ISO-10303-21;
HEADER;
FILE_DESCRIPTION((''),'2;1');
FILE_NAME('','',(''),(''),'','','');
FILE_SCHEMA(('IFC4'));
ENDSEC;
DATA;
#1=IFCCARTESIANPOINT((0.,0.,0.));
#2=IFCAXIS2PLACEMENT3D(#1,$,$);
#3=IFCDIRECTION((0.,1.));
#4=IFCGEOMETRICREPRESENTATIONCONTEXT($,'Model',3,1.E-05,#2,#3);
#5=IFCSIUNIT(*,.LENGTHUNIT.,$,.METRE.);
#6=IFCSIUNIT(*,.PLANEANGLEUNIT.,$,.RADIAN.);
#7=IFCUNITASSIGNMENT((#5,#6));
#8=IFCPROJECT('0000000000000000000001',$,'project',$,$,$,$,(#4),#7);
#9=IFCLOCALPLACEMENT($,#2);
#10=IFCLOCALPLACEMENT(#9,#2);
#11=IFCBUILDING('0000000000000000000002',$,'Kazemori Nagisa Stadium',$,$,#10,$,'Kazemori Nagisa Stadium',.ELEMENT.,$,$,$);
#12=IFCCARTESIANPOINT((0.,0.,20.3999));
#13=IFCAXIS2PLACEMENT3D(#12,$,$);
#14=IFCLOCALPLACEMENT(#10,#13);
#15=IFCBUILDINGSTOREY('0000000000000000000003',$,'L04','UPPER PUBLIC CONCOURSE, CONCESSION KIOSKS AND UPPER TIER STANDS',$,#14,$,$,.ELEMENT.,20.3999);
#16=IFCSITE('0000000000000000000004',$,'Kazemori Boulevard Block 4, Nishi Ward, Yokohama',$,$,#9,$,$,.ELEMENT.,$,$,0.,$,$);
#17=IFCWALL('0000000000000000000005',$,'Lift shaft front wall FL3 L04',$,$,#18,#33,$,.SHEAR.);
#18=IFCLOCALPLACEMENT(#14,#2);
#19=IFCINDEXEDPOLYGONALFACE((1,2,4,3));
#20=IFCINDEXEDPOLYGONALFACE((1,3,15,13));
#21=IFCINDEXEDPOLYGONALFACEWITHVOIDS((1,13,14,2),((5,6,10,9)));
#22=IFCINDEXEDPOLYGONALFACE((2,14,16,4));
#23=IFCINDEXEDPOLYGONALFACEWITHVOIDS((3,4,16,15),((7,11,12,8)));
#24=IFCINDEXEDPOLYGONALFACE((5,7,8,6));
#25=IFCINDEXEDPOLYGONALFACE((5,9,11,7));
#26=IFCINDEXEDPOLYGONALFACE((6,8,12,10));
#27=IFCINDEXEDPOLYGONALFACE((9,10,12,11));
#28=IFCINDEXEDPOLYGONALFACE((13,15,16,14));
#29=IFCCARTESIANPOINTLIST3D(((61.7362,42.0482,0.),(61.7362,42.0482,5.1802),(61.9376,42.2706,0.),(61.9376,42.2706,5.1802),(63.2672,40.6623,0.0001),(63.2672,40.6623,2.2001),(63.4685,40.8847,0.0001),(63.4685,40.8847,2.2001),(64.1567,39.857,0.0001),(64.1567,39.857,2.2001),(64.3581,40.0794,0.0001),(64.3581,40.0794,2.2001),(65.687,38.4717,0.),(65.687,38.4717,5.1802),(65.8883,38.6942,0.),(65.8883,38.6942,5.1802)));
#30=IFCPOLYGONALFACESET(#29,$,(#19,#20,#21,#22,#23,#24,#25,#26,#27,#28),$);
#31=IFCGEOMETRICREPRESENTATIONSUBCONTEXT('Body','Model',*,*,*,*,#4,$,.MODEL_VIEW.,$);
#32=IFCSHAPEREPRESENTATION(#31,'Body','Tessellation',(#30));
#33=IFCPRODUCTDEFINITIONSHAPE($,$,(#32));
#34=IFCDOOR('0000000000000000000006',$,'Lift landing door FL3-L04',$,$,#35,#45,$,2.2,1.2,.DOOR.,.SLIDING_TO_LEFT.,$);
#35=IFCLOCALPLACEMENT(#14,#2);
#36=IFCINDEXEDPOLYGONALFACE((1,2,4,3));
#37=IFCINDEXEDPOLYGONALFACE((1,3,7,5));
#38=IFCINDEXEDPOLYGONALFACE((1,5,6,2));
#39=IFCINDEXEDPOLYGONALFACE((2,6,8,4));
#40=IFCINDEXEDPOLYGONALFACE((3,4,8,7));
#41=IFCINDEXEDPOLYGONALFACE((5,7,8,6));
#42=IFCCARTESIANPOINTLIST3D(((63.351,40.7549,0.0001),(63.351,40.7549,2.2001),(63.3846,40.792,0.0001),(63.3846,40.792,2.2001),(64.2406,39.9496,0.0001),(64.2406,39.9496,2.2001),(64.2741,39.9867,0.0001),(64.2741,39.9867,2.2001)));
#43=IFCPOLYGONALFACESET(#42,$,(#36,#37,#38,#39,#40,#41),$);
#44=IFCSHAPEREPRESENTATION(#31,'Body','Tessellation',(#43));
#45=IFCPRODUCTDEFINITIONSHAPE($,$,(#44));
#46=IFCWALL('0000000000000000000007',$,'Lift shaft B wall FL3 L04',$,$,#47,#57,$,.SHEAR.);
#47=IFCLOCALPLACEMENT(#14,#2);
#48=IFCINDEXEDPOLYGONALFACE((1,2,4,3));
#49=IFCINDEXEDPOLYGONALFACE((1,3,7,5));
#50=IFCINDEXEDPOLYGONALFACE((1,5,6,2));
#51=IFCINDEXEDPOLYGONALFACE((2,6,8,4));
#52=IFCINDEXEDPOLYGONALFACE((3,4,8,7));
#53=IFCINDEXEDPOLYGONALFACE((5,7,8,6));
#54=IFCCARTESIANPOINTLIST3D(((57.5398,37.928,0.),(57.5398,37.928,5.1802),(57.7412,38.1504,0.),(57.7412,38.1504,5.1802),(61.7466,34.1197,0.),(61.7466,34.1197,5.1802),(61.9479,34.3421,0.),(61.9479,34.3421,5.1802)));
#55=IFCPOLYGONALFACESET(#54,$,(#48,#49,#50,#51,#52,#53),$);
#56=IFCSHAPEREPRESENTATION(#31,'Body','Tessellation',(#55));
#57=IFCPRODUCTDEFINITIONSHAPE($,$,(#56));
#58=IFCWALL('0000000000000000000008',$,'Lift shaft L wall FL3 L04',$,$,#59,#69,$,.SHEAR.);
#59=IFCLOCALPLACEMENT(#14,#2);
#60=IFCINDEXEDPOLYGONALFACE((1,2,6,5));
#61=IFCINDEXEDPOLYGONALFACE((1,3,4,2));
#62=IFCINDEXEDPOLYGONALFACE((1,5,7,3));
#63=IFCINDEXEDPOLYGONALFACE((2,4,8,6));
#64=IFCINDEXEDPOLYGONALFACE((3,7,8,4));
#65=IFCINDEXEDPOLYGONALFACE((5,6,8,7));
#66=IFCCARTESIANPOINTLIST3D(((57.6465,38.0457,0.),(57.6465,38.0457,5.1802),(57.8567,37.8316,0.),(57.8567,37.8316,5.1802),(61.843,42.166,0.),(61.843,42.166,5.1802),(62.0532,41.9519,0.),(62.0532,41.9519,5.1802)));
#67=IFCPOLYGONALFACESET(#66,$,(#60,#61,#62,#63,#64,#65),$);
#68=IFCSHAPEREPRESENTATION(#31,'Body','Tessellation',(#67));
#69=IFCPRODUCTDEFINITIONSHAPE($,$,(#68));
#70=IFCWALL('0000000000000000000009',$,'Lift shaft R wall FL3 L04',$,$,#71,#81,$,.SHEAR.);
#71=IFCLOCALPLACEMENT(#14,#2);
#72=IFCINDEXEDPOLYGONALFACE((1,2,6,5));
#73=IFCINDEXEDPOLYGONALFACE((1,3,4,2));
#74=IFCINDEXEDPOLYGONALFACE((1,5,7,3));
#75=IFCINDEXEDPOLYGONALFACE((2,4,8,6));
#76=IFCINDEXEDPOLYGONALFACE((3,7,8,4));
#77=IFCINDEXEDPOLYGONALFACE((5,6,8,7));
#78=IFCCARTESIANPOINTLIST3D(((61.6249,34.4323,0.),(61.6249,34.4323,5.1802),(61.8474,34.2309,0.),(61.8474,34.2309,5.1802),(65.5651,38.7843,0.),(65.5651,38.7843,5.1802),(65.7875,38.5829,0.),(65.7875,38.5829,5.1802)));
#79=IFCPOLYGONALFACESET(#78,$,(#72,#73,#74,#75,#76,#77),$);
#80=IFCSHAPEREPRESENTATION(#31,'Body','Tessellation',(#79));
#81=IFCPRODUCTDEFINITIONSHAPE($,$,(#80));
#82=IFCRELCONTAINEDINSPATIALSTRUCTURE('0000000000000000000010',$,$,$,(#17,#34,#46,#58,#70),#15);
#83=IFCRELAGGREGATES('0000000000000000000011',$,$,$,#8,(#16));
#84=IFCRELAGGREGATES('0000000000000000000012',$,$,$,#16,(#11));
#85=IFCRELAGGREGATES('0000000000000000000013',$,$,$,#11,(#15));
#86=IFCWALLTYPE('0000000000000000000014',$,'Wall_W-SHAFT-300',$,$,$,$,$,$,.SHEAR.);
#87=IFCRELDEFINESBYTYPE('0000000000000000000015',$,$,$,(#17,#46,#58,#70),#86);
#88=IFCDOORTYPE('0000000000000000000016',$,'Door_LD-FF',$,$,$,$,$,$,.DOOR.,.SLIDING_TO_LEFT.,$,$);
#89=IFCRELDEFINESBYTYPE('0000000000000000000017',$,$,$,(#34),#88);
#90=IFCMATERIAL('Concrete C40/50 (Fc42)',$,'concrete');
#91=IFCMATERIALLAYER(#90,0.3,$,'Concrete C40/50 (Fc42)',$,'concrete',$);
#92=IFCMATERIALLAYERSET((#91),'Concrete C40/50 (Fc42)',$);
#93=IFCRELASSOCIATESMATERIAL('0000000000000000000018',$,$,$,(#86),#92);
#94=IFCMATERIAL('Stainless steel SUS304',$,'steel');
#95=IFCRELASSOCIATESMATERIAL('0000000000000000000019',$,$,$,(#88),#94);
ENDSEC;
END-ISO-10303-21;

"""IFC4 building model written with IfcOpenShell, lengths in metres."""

from ifc_helpers import new_model, si_unit, direction, frame, frame_2d, origin, place, context, subcontext, project, spatial, rectangle, extrude, material, layer, layer_set, type_object, element, fill, save


model = new_model("IFC4")

# Units and contexts
model_context = context("Model", 3, precision=1e-05, world=origin(), true_north=direction((0.0, 1.0)))
body_context = subcontext(model_context, "Body", "Model", "MODEL_VIEW")
ifc_project = project(units=[si_unit("LENGTHUNIT", "METRE"), si_unit("PLANEANGLEUNIT", "RADIAN")], contexts=[model_context])

# Site, building, storey
site_placement = place(None, origin())
site = spatial("IfcSite", under=ifc_project, at=site_placement, Name="Kazemori Boulevard Block 4, Nishi Ward, Yokohama", CompositionType="ELEMENT", RefElevation=0.0)
building_placement = place(site_placement, origin())
building = spatial("IfcBuilding", under=site, at=building_placement, Name="Kazemori Nagisa Stadium", LongName="Kazemori Nagisa Stadium", CompositionType="ELEMENT")
storey_placement = place(building_placement, frame((0.0, 0.0, 20.3999)))
storey = spatial("IfcBuildingStorey", under=building, at=storey_placement, Name="L04", Description="UPPER PUBLIC CONCOURSE, CONCESSION KIOSKS AND UPPER TIER STANDS", CompositionType="ELEMENT", Elevation=20.3999)

# Shared definitions
ifc_material_1 = material(Name="Concrete C40/50 (Fc42)", Category="concrete")

# Wall, opening, door
ifc_layer_1 = layer(ifc_material_1, 0.3, Name="Concrete C40/50 (Fc42)", Category="concrete")
ifc_layer_set_1 = layer_set([ifc_layer_1], Name="Concrete C40/50 (Fc42)")
wall_type_1 = type_object("IfcWallType", Name="Wall_W-SHAFT-300", PredefinedType="SHEAR", material=ifc_layer_set_1)
wall_1_placement = place(storey_placement, frame((61.8369, 42.1594, 0.0), z_axis=(0.0, 0.0, 1.0), x_axis=(0.74135, -0.671118, 0.0)))
wall_1 = element("IfcWall", 1, at=wall_1_placement, inside=storey, type_object=wall_type_1, Name="Lift shaft front wall FL3 L04", PredefinedType="SHEAR", context=body_context, shape_type="SweptSolid", body=[
    extrude(rectangle(XDim=5.3291, YDim=0.3, at=frame_2d((2.6646, 0.0))), origin(), (0.0, 0.0, 1.0), 5.1802),
])
opening_1_placement = place(wall_1_placement, frame((2.0649, 0.0, 0.0)))
opening_1 = element("IfcOpeningElement", 2, at=opening_1_placement, cuts=wall_1, PredefinedType="OPENING", context=body_context, shape_type="SweptSolid", body=[
    extrude(rectangle(XDim=1.2, YDim=2.2, at=frame_2d((0.6001, 1.1001))), frame((0.0, 0.1599, 0.0), z_axis=(0.0, -1.0, 0.0), x_axis=(1.0, 0.0, 0.0)), (0.0, 0.0, 1.0), 0.3201),
])
ifc_material_2 = material(Name="Stainless steel SUS304", Category="steel")
door_type_1 = type_object("IfcDoorType", Name="Door_LD-FF", OperationType="SLIDING_TO_LEFT", PredefinedType="DOOR", material=ifc_material_2)
door_1_placement = place(opening_1_placement, origin())
door_1 = element("IfcDoor", 3, at=door_1_placement, inside=storey, type_object=door_type_1, Name="Lift landing door FL3-L04", OperationType="SLIDING_TO_LEFT", OverallHeight=2.2, OverallWidth=1.2, PredefinedType="DOOR", context=body_context, shape_type="SweptSolid", body=[
    extrude(rectangle(XDim=1.2, YDim=2.2, at=frame_2d((0.6001, 1.1001))), frame((0.0, 0.0249, 0.0), z_axis=(0.0, -1.0, 0.0), x_axis=(1.0, 0.0, 0.0)), (0.0, 0.0, 1.0), 0.05),
])
fill(opening_1, door_1)

# Walls
wall_2_placement = place(storey_placement, frame((57.6404, 38.0393, 0.0), z_axis=(0.0, 0.0, 1.0), x_axis=(0.741342, -0.671127, 0.0)))
element("IfcWall", 4, at=wall_2_placement, inside=storey, type_object=wall_type_1, Name="Lift shaft B wall FL3 L04", PredefinedType="SHEAR", context=body_context, shape_type="SweptSolid", body=[
    extrude(rectangle(XDim=5.6746, YDim=0.3, at=frame_2d((2.8374, 0.0))), origin(), (0.0, 0.0, 1.0), 5.1802),
])
wall_3_placement = place(storey_placement, frame((61.948, 42.0588, 0.0), z_axis=(0.0, 0.0, 1.0), x_axis=(-0.713553, -0.700601, 0.0)))
element("IfcWall", 5, at=wall_3_placement, inside=storey, type_object=wall_type_1, Name="Lift shaft L wall FL3 L04", PredefinedType="SHEAR", context=body_context, shape_type="SweptSolid", body=[
    extrude(rectangle(XDim=5.8811, YDim=0.3, at=frame_2d((2.9404, 0.0))), origin(), (0.0, 0.0, 1.0), 5.1802),
])
wall_4_placement = place(storey_placement, frame((65.6763, 38.6836, 0.0), z_axis=(0.0, 0.0, 1.0), x_axis=(-0.671158, -0.741314, 0.0)))
element("IfcWall", 6, at=wall_4_placement, inside=storey, type_object=wall_type_1, Name="Lift shaft R wall FL3 L04", PredefinedType="SHEAR", context=body_context, shape_type="SweptSolid", body=[
    extrude(rectangle(XDim=5.8706, YDim=0.3, at=frame_2d((2.9353, 0.0))), origin(), (0.0, 0.0, 1.0), 5.1802),
])

save(model, "model.ifc")
